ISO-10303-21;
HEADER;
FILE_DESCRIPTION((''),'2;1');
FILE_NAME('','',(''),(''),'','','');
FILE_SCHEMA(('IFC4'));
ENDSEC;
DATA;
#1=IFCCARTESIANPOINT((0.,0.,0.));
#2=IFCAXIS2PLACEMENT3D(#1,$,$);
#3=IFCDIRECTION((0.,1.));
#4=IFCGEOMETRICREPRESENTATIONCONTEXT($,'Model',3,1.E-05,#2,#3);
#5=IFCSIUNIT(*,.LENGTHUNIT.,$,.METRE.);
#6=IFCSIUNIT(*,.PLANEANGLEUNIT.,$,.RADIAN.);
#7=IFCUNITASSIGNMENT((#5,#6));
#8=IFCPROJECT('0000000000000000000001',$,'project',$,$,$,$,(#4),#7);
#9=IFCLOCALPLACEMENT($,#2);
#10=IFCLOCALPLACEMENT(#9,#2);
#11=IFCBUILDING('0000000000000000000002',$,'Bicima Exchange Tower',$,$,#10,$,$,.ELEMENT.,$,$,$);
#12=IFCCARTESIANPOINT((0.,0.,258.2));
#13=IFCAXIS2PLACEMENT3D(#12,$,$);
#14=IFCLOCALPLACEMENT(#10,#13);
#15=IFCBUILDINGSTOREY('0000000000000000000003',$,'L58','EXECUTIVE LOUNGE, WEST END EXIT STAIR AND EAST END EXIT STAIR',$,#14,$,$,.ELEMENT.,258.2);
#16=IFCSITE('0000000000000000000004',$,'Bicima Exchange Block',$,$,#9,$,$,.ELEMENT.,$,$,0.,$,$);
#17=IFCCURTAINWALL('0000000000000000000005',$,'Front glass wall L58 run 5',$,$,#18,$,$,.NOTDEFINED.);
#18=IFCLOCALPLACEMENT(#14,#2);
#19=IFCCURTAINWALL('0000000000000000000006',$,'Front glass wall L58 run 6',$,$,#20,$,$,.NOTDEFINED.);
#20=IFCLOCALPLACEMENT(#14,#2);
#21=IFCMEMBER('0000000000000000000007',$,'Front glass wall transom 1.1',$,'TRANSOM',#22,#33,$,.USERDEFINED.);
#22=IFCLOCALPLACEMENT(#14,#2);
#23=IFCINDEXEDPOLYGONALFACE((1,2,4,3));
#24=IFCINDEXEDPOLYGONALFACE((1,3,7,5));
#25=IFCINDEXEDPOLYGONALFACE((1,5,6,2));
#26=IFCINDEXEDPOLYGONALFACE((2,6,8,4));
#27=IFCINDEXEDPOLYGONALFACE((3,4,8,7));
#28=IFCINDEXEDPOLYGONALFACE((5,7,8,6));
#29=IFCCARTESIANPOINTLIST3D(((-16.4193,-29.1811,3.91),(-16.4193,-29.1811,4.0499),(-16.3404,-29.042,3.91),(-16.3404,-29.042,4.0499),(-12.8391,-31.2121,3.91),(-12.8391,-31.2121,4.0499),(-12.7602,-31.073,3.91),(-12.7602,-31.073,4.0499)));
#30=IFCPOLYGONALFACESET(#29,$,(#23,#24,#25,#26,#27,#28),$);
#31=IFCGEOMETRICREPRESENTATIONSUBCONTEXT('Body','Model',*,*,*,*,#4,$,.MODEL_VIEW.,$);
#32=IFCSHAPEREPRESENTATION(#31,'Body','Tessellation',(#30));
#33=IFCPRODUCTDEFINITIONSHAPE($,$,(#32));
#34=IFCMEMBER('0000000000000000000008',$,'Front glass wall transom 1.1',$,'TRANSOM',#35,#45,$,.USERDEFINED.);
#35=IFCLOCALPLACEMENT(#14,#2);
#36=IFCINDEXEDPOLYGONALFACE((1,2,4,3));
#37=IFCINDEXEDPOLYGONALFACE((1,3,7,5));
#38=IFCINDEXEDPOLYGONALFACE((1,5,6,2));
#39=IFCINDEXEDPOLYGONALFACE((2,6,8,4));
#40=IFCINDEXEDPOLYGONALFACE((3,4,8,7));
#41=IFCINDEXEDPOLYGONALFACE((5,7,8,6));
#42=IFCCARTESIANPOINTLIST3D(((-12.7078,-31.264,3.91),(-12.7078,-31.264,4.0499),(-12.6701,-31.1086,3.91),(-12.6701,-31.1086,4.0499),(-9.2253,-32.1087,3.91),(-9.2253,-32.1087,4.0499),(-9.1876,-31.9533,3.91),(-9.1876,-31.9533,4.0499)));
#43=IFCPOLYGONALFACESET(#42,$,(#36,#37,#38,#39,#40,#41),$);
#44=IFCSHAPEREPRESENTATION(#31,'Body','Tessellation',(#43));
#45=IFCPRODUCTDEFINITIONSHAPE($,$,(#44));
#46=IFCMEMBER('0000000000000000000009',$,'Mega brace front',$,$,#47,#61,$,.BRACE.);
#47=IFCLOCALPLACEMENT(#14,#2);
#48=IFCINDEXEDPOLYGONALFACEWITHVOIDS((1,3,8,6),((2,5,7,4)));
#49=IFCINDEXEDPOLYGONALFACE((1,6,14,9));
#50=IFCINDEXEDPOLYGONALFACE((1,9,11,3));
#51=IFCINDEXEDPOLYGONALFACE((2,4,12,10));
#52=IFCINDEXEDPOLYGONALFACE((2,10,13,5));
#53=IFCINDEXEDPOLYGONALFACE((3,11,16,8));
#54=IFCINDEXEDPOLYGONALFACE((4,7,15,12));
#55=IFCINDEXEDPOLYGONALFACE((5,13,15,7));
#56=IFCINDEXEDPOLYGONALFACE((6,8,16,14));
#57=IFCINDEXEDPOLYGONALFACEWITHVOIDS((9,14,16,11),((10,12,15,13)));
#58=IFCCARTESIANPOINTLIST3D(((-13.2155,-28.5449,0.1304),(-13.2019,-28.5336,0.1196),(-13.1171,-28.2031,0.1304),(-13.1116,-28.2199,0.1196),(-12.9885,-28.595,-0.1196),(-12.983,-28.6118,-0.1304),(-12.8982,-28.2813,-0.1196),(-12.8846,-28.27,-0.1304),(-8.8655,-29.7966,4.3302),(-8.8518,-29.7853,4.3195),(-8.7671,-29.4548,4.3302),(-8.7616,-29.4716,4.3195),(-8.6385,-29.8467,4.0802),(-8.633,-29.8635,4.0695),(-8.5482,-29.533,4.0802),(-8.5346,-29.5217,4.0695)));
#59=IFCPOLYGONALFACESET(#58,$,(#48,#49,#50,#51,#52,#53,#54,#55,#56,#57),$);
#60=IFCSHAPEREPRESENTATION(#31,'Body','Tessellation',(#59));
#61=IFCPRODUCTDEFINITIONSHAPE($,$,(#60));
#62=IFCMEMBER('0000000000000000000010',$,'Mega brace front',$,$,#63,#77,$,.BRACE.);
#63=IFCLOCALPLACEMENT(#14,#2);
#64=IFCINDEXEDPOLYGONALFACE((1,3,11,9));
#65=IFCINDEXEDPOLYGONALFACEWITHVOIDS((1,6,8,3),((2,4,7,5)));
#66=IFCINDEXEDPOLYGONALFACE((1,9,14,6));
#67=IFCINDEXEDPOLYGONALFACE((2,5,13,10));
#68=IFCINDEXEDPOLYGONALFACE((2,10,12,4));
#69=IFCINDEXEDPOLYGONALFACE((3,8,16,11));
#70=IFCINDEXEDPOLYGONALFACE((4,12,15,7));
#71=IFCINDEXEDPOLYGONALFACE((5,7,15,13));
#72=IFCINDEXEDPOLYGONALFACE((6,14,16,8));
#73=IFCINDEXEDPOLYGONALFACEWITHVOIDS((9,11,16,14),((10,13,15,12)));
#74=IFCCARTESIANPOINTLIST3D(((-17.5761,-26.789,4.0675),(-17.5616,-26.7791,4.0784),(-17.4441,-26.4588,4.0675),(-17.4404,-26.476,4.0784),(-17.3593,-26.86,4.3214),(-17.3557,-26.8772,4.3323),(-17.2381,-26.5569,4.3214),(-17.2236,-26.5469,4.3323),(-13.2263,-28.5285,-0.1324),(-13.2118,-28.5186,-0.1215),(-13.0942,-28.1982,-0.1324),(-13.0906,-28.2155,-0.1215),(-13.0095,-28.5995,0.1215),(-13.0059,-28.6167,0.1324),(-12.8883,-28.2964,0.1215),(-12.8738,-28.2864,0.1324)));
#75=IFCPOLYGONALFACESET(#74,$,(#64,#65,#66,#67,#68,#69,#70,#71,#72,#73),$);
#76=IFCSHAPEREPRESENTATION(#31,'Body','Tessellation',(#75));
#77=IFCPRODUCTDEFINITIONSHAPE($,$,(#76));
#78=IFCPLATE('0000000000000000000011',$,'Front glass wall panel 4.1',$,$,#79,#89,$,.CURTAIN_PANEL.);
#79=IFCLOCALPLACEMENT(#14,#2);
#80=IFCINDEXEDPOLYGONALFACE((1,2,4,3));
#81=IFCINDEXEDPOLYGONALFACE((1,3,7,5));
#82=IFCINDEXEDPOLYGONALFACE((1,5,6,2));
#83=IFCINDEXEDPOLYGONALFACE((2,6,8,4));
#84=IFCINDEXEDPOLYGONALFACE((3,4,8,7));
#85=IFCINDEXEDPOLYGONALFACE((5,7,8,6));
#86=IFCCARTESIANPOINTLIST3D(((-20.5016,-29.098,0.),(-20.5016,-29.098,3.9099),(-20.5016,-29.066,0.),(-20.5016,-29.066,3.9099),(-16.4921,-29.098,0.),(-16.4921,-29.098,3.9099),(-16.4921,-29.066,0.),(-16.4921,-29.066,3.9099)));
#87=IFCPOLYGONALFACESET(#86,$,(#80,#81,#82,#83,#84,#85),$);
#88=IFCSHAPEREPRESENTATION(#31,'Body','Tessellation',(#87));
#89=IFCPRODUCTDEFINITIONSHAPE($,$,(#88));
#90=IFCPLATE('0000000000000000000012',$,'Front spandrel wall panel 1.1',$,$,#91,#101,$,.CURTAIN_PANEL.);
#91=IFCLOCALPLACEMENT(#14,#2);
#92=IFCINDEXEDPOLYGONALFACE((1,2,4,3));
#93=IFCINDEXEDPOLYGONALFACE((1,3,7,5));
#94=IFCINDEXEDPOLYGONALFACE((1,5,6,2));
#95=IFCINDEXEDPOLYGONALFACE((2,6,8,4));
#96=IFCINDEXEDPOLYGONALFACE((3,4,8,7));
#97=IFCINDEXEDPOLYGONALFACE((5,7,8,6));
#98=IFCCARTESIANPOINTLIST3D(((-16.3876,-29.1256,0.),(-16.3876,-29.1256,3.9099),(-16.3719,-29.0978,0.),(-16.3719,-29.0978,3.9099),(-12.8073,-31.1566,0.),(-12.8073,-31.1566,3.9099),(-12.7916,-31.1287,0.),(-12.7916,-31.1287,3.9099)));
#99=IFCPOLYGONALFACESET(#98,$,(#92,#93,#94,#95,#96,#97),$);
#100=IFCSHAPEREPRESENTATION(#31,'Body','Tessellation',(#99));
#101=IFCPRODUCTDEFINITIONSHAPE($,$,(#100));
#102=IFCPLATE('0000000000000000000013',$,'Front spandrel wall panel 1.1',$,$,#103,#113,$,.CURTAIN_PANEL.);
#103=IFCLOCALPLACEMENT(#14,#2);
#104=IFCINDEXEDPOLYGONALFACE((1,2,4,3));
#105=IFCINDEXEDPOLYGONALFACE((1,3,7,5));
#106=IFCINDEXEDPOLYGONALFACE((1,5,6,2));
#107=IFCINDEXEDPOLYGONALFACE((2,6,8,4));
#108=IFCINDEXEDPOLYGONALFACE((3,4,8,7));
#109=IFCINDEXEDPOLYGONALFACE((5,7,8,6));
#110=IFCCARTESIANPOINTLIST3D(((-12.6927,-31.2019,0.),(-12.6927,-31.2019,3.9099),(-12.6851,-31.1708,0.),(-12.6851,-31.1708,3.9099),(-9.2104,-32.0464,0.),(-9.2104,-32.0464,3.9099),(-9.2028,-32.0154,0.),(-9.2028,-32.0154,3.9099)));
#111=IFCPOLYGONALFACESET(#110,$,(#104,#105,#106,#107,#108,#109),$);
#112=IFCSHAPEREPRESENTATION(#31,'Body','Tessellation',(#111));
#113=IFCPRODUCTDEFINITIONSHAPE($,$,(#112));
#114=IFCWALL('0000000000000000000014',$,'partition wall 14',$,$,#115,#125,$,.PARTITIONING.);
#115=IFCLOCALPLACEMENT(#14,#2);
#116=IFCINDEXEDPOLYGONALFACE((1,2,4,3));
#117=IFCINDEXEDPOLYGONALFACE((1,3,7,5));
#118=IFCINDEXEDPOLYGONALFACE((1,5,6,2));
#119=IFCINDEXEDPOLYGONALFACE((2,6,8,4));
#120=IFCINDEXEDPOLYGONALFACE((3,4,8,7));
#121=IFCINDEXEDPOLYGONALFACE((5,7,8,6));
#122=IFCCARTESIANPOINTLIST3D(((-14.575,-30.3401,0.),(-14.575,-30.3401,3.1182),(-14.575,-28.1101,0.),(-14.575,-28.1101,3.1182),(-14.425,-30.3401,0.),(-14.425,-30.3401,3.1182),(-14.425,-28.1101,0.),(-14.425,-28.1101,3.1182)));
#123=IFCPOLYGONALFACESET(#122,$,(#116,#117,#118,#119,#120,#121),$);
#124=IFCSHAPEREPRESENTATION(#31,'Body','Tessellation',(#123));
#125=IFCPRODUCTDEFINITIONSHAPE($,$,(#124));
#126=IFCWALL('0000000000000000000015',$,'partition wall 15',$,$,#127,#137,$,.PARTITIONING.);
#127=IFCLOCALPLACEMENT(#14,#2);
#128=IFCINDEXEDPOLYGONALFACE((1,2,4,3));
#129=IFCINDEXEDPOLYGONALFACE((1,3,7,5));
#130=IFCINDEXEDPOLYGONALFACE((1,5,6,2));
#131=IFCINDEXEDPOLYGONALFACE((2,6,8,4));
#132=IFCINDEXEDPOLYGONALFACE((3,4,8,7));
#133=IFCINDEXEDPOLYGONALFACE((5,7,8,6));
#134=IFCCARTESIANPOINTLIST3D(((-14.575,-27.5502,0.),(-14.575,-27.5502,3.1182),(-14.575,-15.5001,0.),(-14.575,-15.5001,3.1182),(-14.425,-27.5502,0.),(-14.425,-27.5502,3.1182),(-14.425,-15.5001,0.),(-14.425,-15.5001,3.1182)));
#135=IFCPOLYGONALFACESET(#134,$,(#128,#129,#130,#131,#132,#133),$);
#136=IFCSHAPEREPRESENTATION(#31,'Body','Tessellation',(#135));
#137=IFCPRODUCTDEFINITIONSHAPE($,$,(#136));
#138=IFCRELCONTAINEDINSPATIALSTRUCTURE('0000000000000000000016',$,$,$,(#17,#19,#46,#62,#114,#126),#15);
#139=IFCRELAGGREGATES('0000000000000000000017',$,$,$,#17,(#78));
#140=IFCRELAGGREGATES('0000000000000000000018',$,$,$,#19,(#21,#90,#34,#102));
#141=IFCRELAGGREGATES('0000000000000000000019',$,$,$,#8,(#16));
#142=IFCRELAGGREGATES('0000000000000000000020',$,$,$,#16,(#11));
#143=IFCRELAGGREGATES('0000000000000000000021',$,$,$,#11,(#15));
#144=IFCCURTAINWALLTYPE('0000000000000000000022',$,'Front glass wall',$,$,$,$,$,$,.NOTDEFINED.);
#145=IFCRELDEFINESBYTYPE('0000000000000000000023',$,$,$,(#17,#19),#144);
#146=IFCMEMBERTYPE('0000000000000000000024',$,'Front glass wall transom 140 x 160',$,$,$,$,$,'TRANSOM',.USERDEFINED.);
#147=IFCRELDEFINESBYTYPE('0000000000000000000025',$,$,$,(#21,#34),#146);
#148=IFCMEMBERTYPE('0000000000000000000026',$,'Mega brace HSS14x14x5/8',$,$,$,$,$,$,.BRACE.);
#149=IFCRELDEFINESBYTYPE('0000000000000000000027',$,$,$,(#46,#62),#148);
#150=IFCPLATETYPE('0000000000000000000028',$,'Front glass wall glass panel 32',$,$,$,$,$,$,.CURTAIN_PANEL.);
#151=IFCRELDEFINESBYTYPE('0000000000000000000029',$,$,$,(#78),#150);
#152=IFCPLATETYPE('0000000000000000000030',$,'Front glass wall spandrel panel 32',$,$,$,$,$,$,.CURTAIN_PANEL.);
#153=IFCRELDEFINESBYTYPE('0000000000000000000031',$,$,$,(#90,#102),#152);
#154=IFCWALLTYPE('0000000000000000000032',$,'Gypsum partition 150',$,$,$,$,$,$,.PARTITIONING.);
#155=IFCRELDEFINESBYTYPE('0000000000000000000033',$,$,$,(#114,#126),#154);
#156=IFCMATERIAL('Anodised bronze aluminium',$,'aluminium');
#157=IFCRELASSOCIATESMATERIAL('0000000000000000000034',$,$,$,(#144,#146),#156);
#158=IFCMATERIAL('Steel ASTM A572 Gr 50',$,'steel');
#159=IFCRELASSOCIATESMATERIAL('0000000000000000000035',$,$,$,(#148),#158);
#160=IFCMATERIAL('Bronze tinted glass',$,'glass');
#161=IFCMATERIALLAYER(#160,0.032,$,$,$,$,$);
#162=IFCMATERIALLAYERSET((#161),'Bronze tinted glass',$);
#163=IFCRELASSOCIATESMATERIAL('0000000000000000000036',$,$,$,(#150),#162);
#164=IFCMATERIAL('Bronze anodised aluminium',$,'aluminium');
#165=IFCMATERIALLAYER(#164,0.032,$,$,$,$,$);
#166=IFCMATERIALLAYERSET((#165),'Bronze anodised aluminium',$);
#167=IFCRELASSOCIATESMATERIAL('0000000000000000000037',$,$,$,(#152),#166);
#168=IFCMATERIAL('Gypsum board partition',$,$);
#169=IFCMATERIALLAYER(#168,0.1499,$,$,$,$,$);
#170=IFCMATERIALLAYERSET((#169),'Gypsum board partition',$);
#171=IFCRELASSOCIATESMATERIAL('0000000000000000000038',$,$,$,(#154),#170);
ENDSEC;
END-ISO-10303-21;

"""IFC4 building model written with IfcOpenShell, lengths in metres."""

from ifc_helpers import new_model, si_unit, direction, frame, frame_2d, origin, origin_2d, place, context, subcontext, project, spatial, rectangle, hollow_rectangle, extrude, material, layer, layer_set, material_profile, profile_set, type_object, element, aggregate, save


model = new_model("IFC4")

# Units and contexts
model_context = context("Model", 3, precision=1e-05, world=origin(), true_north=direction((0.0, 1.0)))
body_context = subcontext(model_context, "Body", "Model", "MODEL_VIEW")
ifc_project = project(units=[si_unit("LENGTHUNIT", "METRE"), si_unit("PLANEANGLEUNIT", "RADIAN")], contexts=[model_context])

# Site, building, storey
site_placement = place(None, origin())
site = spatial("IfcSite", under=ifc_project, at=site_placement, Name="Bicima Exchange Block", CompositionType="ELEMENT", RefElevation=0.0)
building_placement = place(site_placement, origin())
building = spatial("IfcBuilding", under=site, at=building_placement, Name="Bicima Exchange Tower", CompositionType="ELEMENT")
storey_placement = place(building_placement, frame((0.0, 0.0, 258.2)))
storey = spatial("IfcBuildingStorey", under=building, at=storey_placement, Name="L58", Description="EXECUTIVE LOUNGE, WEST END EXIT STAIR AND EAST END EXIT STAIR", CompositionType="ELEMENT", Elevation=258.2)

# Curtain walls
ifc_material_1 = material(Name="Anodised bronze aluminium", Category="aluminium")
curtain_wall_type = type_object("IfcCurtainWallType", Name="Front glass wall", PredefinedType="NOTDEFINED", material=ifc_material_1)
curtain_wall_1_placement = place(storey_placement, origin())
curtain_wall_1 = element("IfcCurtainWall", 1, at=curtain_wall_1_placement, inside=storey, type_object=curtain_wall_type, Name="Front glass wall L58 run 5", PredefinedType="NOTDEFINED")
curtain_wall_2_placement = place(storey_placement, origin())
curtain_wall_2 = element("IfcCurtainWall", 2, at=curtain_wall_2_placement, inside=storey, type_object=curtain_wall_type, Name="Front glass wall L58 run 6", PredefinedType="NOTDEFINED")

# Members
ifc_material_profile_1 = material_profile(ifc_material_1, rectangle(XDim=0.1599, YDim=0.1399, at=origin_2d()))
ifc_profile_set_1 = profile_set([ifc_material_profile_1], Name="Anodised bronze aluminium")
member_type_1 = type_object("IfcMemberType", Name="Front glass wall transom 140 x 160", ElementType="TRANSOM", PredefinedType="USERDEFINED", material=ifc_profile_set_1)
member_1_placement = place(storey_placement, frame((-16.3799, -29.1116, 3.98), z_axis=(0.869797, -0.493409, 0.0), x_axis=(0.493409, 0.869797, 0.0)))
member_1 = element("IfcMember", 3, at=member_1_placement, type_object=member_type_1, Name="Front glass wall transom 1.1", ObjectType="TRANSOM", PredefinedType="USERDEFINED", context=body_context, shape_type="SweptSolid", body=[
    extrude(rectangle(XDim=0.1599, YDim=0.1399, at=origin_2d()), origin(), (0.0, 0.0, 1.0), 4.1162),
])
member_2_placement = place(storey_placement, frame((-12.689, -31.1863, 3.98), z_axis=(0.971818, -0.235733, 0.0), x_axis=(0.235733, 0.971818, 0.0)))
member_2 = element("IfcMember", 4, at=member_2_placement, type_object=member_type_1, Name="Front glass wall transom 1.1", ObjectType="TRANSOM", PredefinedType="USERDEFINED", context=body_context, shape_type="SweptSolid", body=[
    extrude(rectangle(XDim=0.1599, YDim=0.1399, at=origin_2d()), origin(), (0.0, 0.0, 1.0), 3.5835),
])

# Members
ifc_material_2 = material(Name="Steel ASTM A572 Gr 50", Category="steel")
ifc_material_profile_2 = material_profile(ifc_material_2, hollow_rectangle(XDim=0.3557, YDim=0.3557, WallThickness=0.0146, at=origin_2d()))
ifc_profile_set_2 = profile_set([ifc_material_profile_2], Name="Steel ASTM A572 Gr 50")
member_type_2 = type_object("IfcMemberType", Name="Mega brace HSS14x14x5/8", PredefinedType="BRACE", material=ifc_profile_set_2)
member_3_placement = place(storey_placement, frame((-13.05, -28.4075, 0.0), z_axis=(0.704478, -0.202708, 0.680162), x_axis=(0.276523, 0.961007, 0.0)))
element("IfcMember", 5, at=member_3_placement, inside=storey, type_object=member_type_2, Name="Mega brace front", PredefinedType="BRACE", context=body_context, shape_type="SweptSolid", body=[
    extrude(hollow_rectangle(XDim=0.3557, YDim=0.3557, WallThickness=0.0146, at=origin_2d()), origin(), (0.0, 0.0, 1.0), 6.1748),
])
member_4_placement = place(storey_placement, frame((-13.05, -28.4075, 0.0), z_axis=(-0.691353, 0.276471, 0.667528), x_axis=(-0.37131, -0.928509, 0.0)))
element("IfcMember", 6, at=member_4_placement, inside=storey, type_object=member_type_2, Name="Mega brace front", PredefinedType="BRACE", context=body_context, shape_type="SweptSolid", body=[
    extrude(hollow_rectangle(XDim=0.3557, YDim=0.3557, WallThickness=0.0146, at=origin_2d()), origin(), (0.0, 0.0, 1.0), 6.2917),
])

# Plates
ifc_material_3 = material(Name="Bronze tinted glass", Category="glass")
ifc_layer_1 = layer(ifc_material_3, 0.032)
ifc_layer_set_1 = layer_set([ifc_layer_1], Name="Bronze tinted glass")
plate_type_1 = type_object("IfcPlateType", Name="Front glass wall glass panel 32", PredefinedType="CURTAIN_PANEL", material=ifc_layer_set_1)
plate_1_placement = place(storey_placement, frame((-18.4968, -29.082, 0.0), z_axis=(0.0, 0.0, 1.0), x_axis=(1.0, 0.0, 0.0)))
plate_1 = element("IfcPlate", 7, at=plate_1_placement, type_object=plate_type_1, Name="Front glass wall panel 4.1", PredefinedType="CURTAIN_PANEL", context=body_context, shape_type="SweptSolid", body=[
    extrude(rectangle(XDim=4.0095, YDim=0.032, at=origin_2d()), origin(), (0.0, 0.0, 1.0), 3.9099),
])
aggregate(curtain_wall_1, [plate_1])
ifc_material_4 = material(Name="Bronze anodised aluminium", Category="aluminium")
ifc_layer_2 = layer(ifc_material_4, 0.032)
ifc_layer_set_2 = layer_set([ifc_layer_2], Name="Bronze anodised aluminium")
plate_type_2 = type_object("IfcPlateType", Name="Front glass wall spandrel panel 32", PredefinedType="CURTAIN_PANEL", material=ifc_layer_set_2)
plate_2_placement = place(storey_placement, frame((-14.5896, -30.1272, 0.0), z_axis=(0.0, 0.0, 1.0), x_axis=(0.869805, -0.493395, 0.0)))
plate_2 = element("IfcPlate", 8, at=plate_2_placement, type_object=plate_type_2, Name="Front spandrel wall panel 1.1", PredefinedType="CURTAIN_PANEL", context=body_context, shape_type="SweptSolid", body=[
    extrude(rectangle(XDim=4.1162, YDim=0.032, at=origin_2d()), origin(), (0.0, 0.0, 1.0), 3.9099),
])
plate_3_placement = place(storey_placement, frame((-10.9478, -31.6086, 0.0), z_axis=(0.0, 0.0, 1.0), x_axis=(0.97183, -0.235682, 0.0)))
plate_3 = element("IfcPlate", 9, at=plate_3_placement, type_object=plate_type_2, Name="Front spandrel wall panel 1.1", PredefinedType="CURTAIN_PANEL", context=body_context, shape_type="SweptSolid", body=[
    extrude(rectangle(XDim=3.5833, YDim=0.032, at=origin_2d()), origin(), (0.0, 0.0, 1.0), 3.9099),
])
aggregate(curtain_wall_2, [member_1, plate_2, member_2, plate_3])

# Walls
ifc_material_5 = material(Name="Gypsum board partition")
ifc_layer_3 = layer(ifc_material_5, 0.1499)
ifc_layer_set_3 = layer_set([ifc_layer_3], Name="Gypsum board partition")
wall_type = type_object("IfcWallType", Name="Gypsum partition 150", PredefinedType="PARTITIONING", material=ifc_layer_set_3)
wall_1_placement = place(storey_placement, frame((-14.5, -30.3401, 0.0), z_axis=(0.0, 0.0, 1.0), x_axis=(0.0, 1.0, 0.0)))
element("IfcWall", 10, at=wall_1_placement, inside=storey, type_object=wall_type, Name="partition wall 14", PredefinedType="PARTITIONING", context=body_context, shape_type="SweptSolid", body=[
    extrude(rectangle(XDim=2.23, YDim=0.1499, at=frame_2d((1.115, 0.0))), origin(), (0.0, 0.0, 1.0), 3.1182),
])
wall_2_placement = place(storey_placement, frame((-14.5, -27.55, 0.0), z_axis=(0.0, 0.0, 1.0), x_axis=(0.0, 1.0, 0.0)))
element("IfcWall", 11, at=wall_2_placement, inside=storey, type_object=wall_type, Name="partition wall 15", PredefinedType="PARTITIONING", context=body_context, shape_type="SweptSolid", body=[
    extrude(rectangle(XDim=12.05, YDim=0.1499, at=frame_2d((6.0249, 0.0))), origin(), (0.0, 0.0, 1.0), 3.1182),
])

save(model, "model.ifc")
